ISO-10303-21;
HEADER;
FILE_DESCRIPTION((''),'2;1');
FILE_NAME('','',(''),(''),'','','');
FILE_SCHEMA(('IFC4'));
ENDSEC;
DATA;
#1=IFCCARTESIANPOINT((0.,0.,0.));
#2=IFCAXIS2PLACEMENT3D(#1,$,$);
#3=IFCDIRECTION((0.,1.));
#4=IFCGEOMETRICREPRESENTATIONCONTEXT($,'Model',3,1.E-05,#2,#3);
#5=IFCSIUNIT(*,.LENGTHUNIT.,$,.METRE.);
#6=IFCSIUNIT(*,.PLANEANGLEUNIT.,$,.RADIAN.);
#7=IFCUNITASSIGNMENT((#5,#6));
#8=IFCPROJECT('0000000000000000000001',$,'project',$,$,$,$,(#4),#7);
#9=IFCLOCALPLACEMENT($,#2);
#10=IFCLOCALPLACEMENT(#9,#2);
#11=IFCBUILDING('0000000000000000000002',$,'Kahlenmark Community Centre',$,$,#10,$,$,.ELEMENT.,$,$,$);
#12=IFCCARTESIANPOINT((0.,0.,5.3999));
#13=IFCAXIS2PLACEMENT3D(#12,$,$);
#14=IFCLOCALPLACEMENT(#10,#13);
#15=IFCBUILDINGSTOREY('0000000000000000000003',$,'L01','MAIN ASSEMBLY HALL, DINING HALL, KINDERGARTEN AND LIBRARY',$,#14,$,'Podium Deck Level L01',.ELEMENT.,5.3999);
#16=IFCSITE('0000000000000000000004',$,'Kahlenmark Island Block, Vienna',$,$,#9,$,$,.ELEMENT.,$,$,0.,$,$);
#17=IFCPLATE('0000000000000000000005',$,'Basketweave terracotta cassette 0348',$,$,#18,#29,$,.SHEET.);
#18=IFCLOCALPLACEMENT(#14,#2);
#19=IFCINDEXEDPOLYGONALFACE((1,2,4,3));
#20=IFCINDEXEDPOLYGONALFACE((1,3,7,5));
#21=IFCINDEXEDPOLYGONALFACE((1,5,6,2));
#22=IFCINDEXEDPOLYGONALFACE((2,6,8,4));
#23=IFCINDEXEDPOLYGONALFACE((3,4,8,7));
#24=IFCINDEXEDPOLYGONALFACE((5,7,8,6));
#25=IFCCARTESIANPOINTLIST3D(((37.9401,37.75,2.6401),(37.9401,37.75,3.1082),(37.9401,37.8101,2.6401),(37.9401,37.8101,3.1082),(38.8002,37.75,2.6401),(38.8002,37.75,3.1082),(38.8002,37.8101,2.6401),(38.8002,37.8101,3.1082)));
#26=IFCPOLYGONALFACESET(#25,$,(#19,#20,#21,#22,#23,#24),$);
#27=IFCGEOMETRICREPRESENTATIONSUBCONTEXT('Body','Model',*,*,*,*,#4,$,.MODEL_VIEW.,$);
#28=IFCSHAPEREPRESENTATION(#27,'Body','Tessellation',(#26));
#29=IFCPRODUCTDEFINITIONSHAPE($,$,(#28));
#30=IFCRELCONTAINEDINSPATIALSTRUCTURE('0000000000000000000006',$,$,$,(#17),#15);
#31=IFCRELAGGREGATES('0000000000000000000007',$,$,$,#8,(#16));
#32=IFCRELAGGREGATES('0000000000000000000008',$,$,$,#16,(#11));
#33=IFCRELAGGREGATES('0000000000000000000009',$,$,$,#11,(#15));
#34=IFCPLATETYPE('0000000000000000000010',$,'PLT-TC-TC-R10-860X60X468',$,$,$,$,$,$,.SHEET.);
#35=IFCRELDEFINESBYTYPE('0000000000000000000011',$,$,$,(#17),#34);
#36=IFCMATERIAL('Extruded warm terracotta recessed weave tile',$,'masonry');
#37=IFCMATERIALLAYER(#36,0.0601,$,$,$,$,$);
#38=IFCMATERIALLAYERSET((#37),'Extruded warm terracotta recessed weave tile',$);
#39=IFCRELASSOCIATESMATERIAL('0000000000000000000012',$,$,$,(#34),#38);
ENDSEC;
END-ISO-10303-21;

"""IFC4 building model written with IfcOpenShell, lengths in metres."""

from ifc_helpers import new_model, si_unit, direction, frame, origin, origin_2d, place, context, subcontext, project, spatial, rectangle, extrude, material, layer, layer_set, type_object, element, save


model = new_model("IFC4")

# Units and contexts
model_context = context("Model", 3, precision=1e-05, world=origin(), true_north=direction((0.0, 1.0)))
body_context = subcontext(model_context, "Body", "Model", "MODEL_VIEW")
ifc_project = project(units=[si_unit("LENGTHUNIT", "METRE"), si_unit("PLANEANGLEUNIT", "RADIAN")], contexts=[model_context])

# Site, building, storey
site_placement = place(None, origin())
site = spatial("IfcSite", under=ifc_project, at=site_placement, Name="Kahlenmark Island Block, Vienna", CompositionType="ELEMENT", RefElevation=0.0)
building_placement = place(site_placement, origin())
building = spatial("IfcBuilding", under=site, at=building_placement, Name="Kahlenmark Community Centre", CompositionType="ELEMENT")
storey_placement = place(building_placement, frame((0.0, 0.0, 5.3999)))
storey = spatial("IfcBuildingStorey", under=building, at=storey_placement, Name="L01", Description="MAIN ASSEMBLY HALL, DINING HALL, KINDERGARTEN AND LIBRARY", LongName="Podium Deck Level L01", CompositionType="ELEMENT", Elevation=5.3999)

# Plate
ifc_material = material(Name="Extruded warm terracotta recessed weave tile", Category="masonry")
ifc_layer_1 = layer(ifc_material, 0.0601)
ifc_layer_set_1 = layer_set([ifc_layer_1], Name="Extruded warm terracotta recessed weave tile")
plate_type_1 = type_object("IfcPlateType", Name="PLT-TC-TC-R10-860X60X468", PredefinedType="SHEET", material=ifc_layer_set_1)
for number, where, z_axis, x_axis, name in (
    (1, (38.3701, 37.78, 2.6401), (0.0, 0.0, 1.0), (-1.0, 0.0, 0.0), "Basketweave terracotta cassette 0348"),
):
    element("IfcPlate", number, at=place(storey_placement, frame(where, z_axis=z_axis, x_axis=x_axis)), inside=storey, type_object=plate_type_1, Name=name, PredefinedType="SHEET", context=body_context, shape_type="SweptSolid", body=[
        extrude(rectangle(XDim=0.8601, YDim=0.0601, at=origin_2d()), origin(), (0.0, 0.0, 1.0), 0.468),
    ])

save(model, "model.ifc")
